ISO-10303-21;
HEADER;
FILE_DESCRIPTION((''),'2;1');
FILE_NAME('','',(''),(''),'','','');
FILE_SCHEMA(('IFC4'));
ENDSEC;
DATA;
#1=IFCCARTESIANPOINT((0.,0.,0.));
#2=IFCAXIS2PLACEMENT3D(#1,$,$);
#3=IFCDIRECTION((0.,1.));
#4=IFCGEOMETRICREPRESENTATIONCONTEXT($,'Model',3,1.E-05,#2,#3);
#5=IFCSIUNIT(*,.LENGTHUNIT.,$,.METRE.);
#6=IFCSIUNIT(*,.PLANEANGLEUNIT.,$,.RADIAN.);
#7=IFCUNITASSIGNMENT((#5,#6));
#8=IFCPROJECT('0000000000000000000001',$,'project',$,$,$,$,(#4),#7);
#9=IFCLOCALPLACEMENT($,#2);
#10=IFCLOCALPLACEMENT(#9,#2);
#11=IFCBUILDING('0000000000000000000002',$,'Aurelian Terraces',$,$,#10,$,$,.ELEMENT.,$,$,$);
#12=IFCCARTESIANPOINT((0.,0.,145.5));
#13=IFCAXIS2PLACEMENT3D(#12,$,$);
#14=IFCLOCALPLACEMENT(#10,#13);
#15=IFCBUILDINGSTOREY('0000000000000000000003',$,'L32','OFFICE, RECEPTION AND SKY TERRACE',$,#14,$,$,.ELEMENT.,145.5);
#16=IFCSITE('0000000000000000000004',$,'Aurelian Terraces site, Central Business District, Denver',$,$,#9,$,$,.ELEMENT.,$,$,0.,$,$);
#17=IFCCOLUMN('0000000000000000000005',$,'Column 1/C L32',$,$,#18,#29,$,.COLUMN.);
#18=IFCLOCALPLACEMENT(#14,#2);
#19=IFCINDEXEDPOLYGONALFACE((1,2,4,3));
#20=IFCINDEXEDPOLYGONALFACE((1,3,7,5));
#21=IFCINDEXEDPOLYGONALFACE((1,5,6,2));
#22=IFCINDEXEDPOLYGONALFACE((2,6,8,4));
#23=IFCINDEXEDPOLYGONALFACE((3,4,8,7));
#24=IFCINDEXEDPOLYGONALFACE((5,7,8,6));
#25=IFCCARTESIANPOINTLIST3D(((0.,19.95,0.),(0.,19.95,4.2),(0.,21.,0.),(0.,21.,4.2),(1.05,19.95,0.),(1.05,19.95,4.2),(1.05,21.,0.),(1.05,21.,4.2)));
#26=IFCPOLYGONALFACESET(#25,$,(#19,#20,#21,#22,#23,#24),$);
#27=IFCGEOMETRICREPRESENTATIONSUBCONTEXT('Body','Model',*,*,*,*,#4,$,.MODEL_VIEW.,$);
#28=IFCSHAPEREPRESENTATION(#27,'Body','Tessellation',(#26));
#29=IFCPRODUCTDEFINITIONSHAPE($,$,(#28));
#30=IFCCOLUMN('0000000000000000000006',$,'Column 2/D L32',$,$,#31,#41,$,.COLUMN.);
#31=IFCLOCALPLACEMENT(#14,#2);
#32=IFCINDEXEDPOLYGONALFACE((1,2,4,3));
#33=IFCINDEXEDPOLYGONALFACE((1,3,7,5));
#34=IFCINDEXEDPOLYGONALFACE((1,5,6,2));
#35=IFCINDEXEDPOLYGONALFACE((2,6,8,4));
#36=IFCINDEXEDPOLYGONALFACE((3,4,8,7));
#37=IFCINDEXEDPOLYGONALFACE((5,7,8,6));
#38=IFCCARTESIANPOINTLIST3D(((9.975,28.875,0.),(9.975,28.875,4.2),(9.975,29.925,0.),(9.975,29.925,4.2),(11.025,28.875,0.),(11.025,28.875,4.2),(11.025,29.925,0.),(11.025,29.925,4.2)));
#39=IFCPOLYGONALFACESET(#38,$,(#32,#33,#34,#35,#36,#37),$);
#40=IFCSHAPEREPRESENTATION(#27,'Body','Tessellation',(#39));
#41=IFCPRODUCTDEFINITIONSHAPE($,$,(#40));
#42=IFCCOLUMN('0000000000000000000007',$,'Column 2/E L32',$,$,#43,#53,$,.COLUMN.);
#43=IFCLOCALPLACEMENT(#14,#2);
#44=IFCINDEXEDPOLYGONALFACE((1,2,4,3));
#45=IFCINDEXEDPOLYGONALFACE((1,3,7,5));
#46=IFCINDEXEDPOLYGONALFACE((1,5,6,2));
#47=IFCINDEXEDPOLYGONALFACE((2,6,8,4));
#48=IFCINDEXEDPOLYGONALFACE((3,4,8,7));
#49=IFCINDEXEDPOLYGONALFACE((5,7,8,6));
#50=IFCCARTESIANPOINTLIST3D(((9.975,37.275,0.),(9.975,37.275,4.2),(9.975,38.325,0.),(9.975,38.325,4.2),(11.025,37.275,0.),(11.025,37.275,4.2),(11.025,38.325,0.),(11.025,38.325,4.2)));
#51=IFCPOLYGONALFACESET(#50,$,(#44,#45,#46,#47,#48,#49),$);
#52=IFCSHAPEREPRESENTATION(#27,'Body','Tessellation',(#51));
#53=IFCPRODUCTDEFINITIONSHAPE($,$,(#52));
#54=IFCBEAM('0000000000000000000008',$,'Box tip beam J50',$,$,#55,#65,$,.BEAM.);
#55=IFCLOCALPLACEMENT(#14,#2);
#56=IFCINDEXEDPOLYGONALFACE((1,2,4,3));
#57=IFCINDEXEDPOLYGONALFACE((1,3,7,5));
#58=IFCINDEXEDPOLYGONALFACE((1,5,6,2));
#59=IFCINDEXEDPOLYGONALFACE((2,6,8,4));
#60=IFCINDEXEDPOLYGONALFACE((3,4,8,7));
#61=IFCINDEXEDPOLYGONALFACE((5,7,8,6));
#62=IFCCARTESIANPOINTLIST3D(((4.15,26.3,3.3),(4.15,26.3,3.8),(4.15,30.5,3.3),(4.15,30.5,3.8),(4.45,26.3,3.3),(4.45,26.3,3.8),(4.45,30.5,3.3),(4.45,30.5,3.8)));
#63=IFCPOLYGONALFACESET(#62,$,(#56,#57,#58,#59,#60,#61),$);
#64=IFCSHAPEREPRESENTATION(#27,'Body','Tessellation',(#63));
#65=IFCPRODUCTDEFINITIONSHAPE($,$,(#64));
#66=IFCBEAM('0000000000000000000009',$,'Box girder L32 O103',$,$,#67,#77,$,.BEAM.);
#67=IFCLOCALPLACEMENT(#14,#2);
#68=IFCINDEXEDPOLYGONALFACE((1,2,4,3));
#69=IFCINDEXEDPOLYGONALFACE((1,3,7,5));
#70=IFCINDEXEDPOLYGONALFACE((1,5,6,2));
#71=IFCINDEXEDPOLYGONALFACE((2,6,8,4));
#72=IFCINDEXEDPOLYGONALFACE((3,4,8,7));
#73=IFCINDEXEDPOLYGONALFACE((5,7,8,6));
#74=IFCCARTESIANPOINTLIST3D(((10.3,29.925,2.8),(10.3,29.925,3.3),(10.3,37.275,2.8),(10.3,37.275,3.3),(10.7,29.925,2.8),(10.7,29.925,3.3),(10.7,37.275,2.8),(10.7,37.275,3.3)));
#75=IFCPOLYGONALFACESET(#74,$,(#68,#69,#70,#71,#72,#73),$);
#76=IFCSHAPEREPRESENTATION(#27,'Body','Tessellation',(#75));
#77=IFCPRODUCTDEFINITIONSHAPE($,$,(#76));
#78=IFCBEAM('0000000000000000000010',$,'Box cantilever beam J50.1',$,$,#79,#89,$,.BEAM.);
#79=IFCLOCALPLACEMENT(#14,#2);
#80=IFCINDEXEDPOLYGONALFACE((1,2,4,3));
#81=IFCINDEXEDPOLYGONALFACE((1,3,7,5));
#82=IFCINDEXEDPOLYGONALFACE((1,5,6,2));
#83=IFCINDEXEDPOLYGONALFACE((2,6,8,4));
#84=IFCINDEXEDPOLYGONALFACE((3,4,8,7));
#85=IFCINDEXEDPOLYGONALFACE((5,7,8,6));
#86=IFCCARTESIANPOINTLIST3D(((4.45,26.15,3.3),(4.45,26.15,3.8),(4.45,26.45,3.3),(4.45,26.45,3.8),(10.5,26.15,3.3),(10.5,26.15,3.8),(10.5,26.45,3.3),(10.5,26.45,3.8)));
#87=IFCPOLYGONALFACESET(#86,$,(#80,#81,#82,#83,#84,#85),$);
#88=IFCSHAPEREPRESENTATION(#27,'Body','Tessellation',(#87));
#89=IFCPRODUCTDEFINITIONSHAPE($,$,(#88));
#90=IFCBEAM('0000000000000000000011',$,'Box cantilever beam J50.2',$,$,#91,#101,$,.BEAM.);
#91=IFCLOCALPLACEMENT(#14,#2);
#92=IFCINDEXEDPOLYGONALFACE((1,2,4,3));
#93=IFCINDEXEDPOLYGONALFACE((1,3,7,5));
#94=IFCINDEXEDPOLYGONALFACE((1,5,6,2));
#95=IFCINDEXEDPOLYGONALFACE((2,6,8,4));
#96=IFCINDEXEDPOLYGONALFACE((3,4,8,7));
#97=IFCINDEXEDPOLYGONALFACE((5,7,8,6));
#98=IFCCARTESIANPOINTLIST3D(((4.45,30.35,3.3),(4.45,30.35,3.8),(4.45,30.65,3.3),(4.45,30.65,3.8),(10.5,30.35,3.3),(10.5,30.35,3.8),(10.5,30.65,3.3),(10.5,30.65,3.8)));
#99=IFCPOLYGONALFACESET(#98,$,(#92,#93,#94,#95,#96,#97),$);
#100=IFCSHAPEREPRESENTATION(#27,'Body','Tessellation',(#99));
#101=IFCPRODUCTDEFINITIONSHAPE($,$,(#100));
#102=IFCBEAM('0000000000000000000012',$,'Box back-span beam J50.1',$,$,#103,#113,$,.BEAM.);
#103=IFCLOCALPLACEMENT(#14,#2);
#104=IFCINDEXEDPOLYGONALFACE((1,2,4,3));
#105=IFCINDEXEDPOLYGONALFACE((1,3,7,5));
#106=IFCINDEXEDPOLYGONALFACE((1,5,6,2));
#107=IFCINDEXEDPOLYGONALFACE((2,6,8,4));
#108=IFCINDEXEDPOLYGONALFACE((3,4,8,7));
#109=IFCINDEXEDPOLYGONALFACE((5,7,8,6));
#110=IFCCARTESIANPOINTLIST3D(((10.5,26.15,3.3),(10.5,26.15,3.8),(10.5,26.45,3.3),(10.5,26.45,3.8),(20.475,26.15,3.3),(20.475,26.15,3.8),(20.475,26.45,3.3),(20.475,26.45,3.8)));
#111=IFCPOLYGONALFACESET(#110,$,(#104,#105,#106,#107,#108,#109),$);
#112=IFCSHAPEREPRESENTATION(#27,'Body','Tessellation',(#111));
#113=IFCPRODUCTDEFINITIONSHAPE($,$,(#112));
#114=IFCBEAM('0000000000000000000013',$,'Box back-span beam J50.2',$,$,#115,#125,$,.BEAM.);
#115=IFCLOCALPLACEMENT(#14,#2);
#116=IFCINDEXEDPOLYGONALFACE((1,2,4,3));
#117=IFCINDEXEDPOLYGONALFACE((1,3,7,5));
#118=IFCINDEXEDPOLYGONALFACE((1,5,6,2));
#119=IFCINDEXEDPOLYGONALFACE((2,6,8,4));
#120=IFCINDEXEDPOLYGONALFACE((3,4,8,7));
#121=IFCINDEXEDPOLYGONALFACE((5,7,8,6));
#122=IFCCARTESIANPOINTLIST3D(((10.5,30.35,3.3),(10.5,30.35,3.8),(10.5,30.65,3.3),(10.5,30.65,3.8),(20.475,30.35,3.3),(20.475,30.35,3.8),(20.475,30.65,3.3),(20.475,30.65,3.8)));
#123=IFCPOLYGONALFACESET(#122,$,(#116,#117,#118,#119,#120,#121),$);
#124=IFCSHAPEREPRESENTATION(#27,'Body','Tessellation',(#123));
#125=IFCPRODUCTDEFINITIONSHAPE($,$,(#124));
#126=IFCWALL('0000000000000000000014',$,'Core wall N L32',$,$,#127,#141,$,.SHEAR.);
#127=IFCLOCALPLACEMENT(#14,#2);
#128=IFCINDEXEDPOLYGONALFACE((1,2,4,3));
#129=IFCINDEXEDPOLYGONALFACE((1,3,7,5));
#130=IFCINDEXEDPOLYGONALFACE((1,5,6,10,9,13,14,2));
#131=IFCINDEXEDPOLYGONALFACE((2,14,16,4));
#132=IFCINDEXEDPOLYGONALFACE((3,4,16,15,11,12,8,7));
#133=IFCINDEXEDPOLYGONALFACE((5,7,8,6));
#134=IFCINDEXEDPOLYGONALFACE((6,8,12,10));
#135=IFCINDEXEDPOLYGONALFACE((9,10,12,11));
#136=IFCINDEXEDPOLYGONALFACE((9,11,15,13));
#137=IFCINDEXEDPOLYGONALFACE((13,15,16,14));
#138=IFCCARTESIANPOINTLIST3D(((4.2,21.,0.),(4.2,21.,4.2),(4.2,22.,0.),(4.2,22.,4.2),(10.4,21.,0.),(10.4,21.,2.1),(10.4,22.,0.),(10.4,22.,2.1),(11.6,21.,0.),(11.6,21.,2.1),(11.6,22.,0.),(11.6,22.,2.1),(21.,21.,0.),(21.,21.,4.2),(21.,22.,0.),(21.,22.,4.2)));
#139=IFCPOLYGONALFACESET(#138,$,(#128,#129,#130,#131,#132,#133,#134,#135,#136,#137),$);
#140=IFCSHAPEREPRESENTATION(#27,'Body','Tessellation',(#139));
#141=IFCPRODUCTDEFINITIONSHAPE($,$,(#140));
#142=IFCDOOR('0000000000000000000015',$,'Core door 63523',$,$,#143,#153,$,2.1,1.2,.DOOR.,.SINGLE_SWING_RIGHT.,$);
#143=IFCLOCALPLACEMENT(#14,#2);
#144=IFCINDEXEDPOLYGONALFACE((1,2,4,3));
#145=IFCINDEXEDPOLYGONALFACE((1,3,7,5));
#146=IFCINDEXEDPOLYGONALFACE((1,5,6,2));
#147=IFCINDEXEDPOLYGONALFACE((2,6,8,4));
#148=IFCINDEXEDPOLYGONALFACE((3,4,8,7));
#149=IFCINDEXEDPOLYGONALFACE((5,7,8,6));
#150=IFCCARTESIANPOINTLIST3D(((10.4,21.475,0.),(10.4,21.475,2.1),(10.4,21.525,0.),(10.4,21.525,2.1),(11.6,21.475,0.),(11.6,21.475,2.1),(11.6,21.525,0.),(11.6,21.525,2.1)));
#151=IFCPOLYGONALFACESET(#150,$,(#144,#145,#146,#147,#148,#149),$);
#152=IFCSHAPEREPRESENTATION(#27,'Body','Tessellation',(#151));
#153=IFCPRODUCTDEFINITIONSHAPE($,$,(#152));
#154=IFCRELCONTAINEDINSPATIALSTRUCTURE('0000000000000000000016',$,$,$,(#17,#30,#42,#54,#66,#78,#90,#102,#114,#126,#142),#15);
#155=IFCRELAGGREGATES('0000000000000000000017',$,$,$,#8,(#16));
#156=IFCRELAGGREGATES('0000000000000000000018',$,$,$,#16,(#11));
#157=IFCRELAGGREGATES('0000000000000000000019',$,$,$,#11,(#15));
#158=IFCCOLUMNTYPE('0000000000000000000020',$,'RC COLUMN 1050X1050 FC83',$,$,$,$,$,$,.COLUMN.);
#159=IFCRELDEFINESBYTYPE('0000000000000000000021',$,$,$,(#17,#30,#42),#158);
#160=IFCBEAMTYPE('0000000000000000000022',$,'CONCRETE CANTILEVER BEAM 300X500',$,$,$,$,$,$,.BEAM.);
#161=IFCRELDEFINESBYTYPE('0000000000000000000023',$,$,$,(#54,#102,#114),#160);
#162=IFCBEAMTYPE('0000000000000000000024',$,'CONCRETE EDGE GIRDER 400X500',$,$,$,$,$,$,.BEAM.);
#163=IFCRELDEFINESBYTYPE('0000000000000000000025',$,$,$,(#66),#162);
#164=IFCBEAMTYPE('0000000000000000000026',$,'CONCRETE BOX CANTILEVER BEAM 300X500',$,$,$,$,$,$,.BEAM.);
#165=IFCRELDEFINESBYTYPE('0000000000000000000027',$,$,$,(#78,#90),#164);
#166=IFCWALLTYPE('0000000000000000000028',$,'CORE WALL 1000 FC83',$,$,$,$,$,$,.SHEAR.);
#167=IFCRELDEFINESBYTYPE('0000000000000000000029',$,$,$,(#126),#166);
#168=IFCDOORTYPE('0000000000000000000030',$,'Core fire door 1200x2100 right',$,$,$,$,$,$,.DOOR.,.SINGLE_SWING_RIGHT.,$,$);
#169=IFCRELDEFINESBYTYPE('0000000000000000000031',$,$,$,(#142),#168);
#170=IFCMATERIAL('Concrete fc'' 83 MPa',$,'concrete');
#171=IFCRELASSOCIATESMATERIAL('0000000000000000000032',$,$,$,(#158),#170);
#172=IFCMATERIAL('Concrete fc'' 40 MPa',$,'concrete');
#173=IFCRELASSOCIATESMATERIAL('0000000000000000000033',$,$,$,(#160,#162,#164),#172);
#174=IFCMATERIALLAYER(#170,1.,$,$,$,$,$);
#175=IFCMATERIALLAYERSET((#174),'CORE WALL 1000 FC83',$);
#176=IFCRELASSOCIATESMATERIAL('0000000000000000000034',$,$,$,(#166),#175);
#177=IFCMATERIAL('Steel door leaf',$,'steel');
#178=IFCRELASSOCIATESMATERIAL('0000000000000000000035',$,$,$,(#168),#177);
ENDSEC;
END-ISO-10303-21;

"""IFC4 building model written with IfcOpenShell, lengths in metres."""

from ifc_helpers import new_model, si_unit, direction, frame, frame_2d, origin, origin_2d, place, context, subcontext, project, spatial, rectangle, extrude, source, transform, mapped, material, layer, layer_set, material_profile, profile_set, type_object, element, fill, save


model = new_model("IFC4")

# Units and contexts
model_context = context("Model", 3, precision=1e-05, world=origin(), true_north=direction((0.0, 1.0)))
body_context = subcontext(model_context, "Body", "Model", "MODEL_VIEW")
ifc_project = project(units=[si_unit("LENGTHUNIT", "METRE"), si_unit("PLANEANGLEUNIT", "RADIAN")], contexts=[model_context])

# Site, building, storey
site_placement = place(None, origin())
site = spatial("IfcSite", under=ifc_project, at=site_placement, Name="Aurelian Terraces site, Central Business District, Denver", CompositionType="ELEMENT", RefElevation=0.0)
building_placement = place(site_placement, origin())
building = spatial("IfcBuilding", under=site, at=building_placement, Name="Aurelian Terraces", CompositionType="ELEMENT")
storey_placement = place(building_placement, frame((0.0, 0.0, 145.5)))
storey = spatial("IfcBuildingStorey", under=building, at=storey_placement, Name="L32", Description="OFFICE, RECEPTION AND SKY TERRACE", CompositionType="ELEMENT", Elevation=145.5)

# Columns
ifc_material_1 = material(Name="Concrete fc' 83 MPa", Category="concrete")
ifc_material_profile_1 = material_profile(ifc_material_1, rectangle(XDim=1.05, YDim=1.05, at=origin_2d()))
ifc_profile_set_1 = profile_set([ifc_material_profile_1], Name="Concrete fc' 83 MPa")
column_type = type_object("IfcColumnType", Name="RC COLUMN 1050X1050 FC83", PredefinedType="COLUMN", material=ifc_profile_set_1)
shared_shape_1 = source(origin(), body_context, "Body", "SweptSolid", [
    extrude(rectangle(XDim=1.05, YDim=1.05, at=origin_2d()), origin(), (0.0, 0.0, 1.0), 4.2),
])
for number, where, z_axis, x_axis, name in (
    (1, (0.525, 20.475, 0.0), (0.0, 0.0, 1.0), (1.0, 0.0, 0.0), "Column 1/C L32"),
    (2, (10.5, 29.4, 0.0), (0.0, 0.0, 1.0), (1.0, 0.0, 0.0), "Column 2/D L32"),
    (3, (10.5, 37.8, 0.0), (0.0, 0.0, 1.0), (1.0, 0.0, 0.0), "Column 2/E L32"),
):
    element("IfcColumn", number, at=place(storey_placement, frame(where, z_axis=z_axis, x_axis=x_axis)), inside=storey, type_object=column_type, Name=name, PredefinedType="COLUMN", context=body_context, shape_type="MappedRepresentation", body=[
        mapped(shared_shape_1, transform((0.0, 0.0, 0.0), scale=1.0)),
    ])

# Beams
ifc_material_2 = material(Name="Concrete fc' 40 MPa", Category="concrete")
ifc_material_profile_2 = material_profile(ifc_material_2, rectangle(XDim=0.3, YDim=0.5, at=origin_2d()))
ifc_profile_set_2 = profile_set([ifc_material_profile_2], Name="Concrete fc' 40 MPa")
beam_type_1 = type_object("IfcBeamType", Name="CONCRETE CANTILEVER BEAM 300X500", PredefinedType="BEAM", material=ifc_profile_set_2)
shared_shape_2 = source(origin(), body_context, "Body", "SweptSolid", [
    extrude(rectangle(XDim=0.3, YDim=0.5, at=origin_2d()), origin(), (0.0, 0.0, 1.0), 4.2),
])
beam_1_placement = place(storey_placement, frame((4.3, 26.3, 3.55), z_axis=(0.0, 1.0, 0.0), x_axis=(-1.0, 0.0, 0.0)))
element("IfcBeam", 4, at=beam_1_placement, inside=storey, type_object=beam_type_1, Name="Box tip beam J50", PredefinedType="BEAM", context=body_context, shape_type="MappedRepresentation", body=[
    mapped(shared_shape_2, transform((0.0, 0.0, 0.0), scale=1.0)),
])
ifc_material_profile_3 = material_profile(ifc_material_2, rectangle(XDim=0.4, YDim=0.5, at=origin_2d()))
ifc_profile_set_3 = profile_set([ifc_material_profile_3], Name="Concrete fc' 40 MPa")
beam_type_2 = type_object("IfcBeamType", Name="CONCRETE EDGE GIRDER 400X500", PredefinedType="BEAM", material=ifc_profile_set_3)
shared_shape_3 = source(origin(), body_context, "Body", "SweptSolid", [
    extrude(rectangle(XDim=0.4, YDim=0.5, at=origin_2d()), origin(), (0.0, 0.0, 1.0), 7.35),
])
beam_2_placement = place(storey_placement, frame((10.5, 29.925, 3.05), z_axis=(0.0, 1.0, 0.0), x_axis=(-1.0, 0.0, 0.0)))
element("IfcBeam", 5, at=beam_2_placement, inside=storey, type_object=beam_type_2, Name="Box girder L32 O103", PredefinedType="BEAM", context=body_context, shape_type="MappedRepresentation", body=[
    mapped(shared_shape_3, transform((0.0, 0.0, 0.0), scale=1.0)),
])
ifc_material_profile_4 = material_profile(ifc_material_2, rectangle(XDim=0.3, YDim=0.5, at=origin_2d()))
ifc_profile_set_4 = profile_set([ifc_material_profile_4], Name="Concrete fc' 40 MPa")
beam_type_3 = type_object("IfcBeamType", Name="CONCRETE BOX CANTILEVER BEAM 300X500", PredefinedType="BEAM", material=ifc_profile_set_4)
shared_shape_4 = source(origin(), body_context, "Body", "SweptSolid", [
    extrude(rectangle(XDim=0.3, YDim=0.5, at=origin_2d()), origin(), (0.0, 0.0, 1.0), 6.05),
])
for number, where, z_axis, x_axis, name in (
    (6, (4.45, 26.3, 3.55), (1.0, 0.0, 0.0), (0.0, 1.0, 0.0), "Box cantilever beam J50.1"),
    (7, (4.45, 30.5, 3.55), (1.0, 0.0, 0.0), (0.0, 1.0, 0.0), "Box cantilever beam J50.2"),
):
    element("IfcBeam", number, at=place(storey_placement, frame(where, z_axis=z_axis, x_axis=x_axis)), inside=storey, type_object=beam_type_3, Name=name, PredefinedType="BEAM", context=body_context, shape_type="MappedRepresentation", body=[
        mapped(shared_shape_4, transform((0.0, 0.0, 0.0), scale=1.0)),
    ])
shared_shape_5 = source(origin(), body_context, "Body", "SweptSolid", [
    extrude(rectangle(XDim=0.3, YDim=0.5, at=origin_2d()), origin(), (0.0, 0.0, 1.0), 9.975),
])
for number, where, z_axis, x_axis, name in (
    (8, (10.5, 26.3, 3.55), (1.0, 0.0, 0.0), (0.0, 1.0, 0.0), "Box back-span beam J50.1"),
    (9, (10.5, 30.5, 3.55), (1.0, 0.0, 0.0), (0.0, 1.0, 0.0), "Box back-span beam J50.2"),
):
    element("IfcBeam", number, at=place(storey_placement, frame(where, z_axis=z_axis, x_axis=x_axis)), inside=storey, type_object=beam_type_1, Name=name, PredefinedType="BEAM", context=body_context, shape_type="MappedRepresentation", body=[
        mapped(shared_shape_5, transform((0.0, 0.0, 0.0), scale=1.0)),
    ])

# Wall, opening, door
ifc_layer_1 = layer(ifc_material_1, 1.0)
ifc_layer_set_1 = layer_set([ifc_layer_1], Name="CORE WALL 1000 FC83")
wall_type_1 = type_object("IfcWallType", Name="CORE WALL 1000 FC83", PredefinedType="SHEAR", material=ifc_layer_set_1)
shared_shape_6 = source(origin(), body_context, "Body", "SweptSolid", [
    extrude(rectangle(XDim=16.8, YDim=1.0, at=frame_2d((8.4, 0.0))), origin(), (0.0, 0.0, 1.0), 4.2),
])
wall_1_placement = place(storey_placement, frame((4.2, 21.5, 0.0), z_axis=(0.0, 0.0, 1.0), x_axis=(1.0, 0.0, 0.0)))
wall_1 = element("IfcWall", 10, at=wall_1_placement, inside=storey, type_object=wall_type_1, Name="Core wall N L32", PredefinedType="SHEAR", context=body_context, shape_type="MappedRepresentation", body=[
    mapped(shared_shape_6, transform((0.0, 0.0, 0.0), scale=1.0)),
])
shared_shape_7 = source(origin(), body_context, "Body", "SweptSolid", [
    extrude(rectangle(XDim=1.2, YDim=2.1, at=frame_2d((0.6, 1.05))), frame((0.0, 0.51, 0.0), z_axis=(0.0, -1.0, 0.0), x_axis=(1.0, 0.0, 0.0)), (0.0, 0.0, 1.0), 1.02),
])
opening_1_placement = place(wall_1_placement, frame((6.2, 0.0, 0.0)))
opening_1 = element("IfcOpeningElement", 11, at=opening_1_placement, cuts=wall_1, PredefinedType="OPENING", context=body_context, shape_type="MappedRepresentation", body=[
    mapped(shared_shape_7, transform((0.0, 0.0, 0.0), scale=1.0)),
])
ifc_material_3 = material(Name="Steel door leaf", Category="steel")
door_type_1 = type_object("IfcDoorType", Name="Core fire door 1200x2100 right", OperationType="SINGLE_SWING_RIGHT", PredefinedType="DOOR", material=ifc_material_3)
shared_shape_8 = source(origin(), body_context, "Body", "SweptSolid", [
    extrude(rectangle(XDim=1.2, YDim=2.1, at=frame_2d((0.6, 1.05))), frame((0.0, 0.025, 0.0), z_axis=(0.0, -1.0, 0.0), x_axis=(1.0, 0.0, 0.0)), (0.0, 0.0, 1.0), 0.05),
])
door_1_placement = place(opening_1_placement, origin())
door_1 = element("IfcDoor", 12, at=door_1_placement, inside=storey, type_object=door_type_1, Name="Core door 63523", OperationType="SINGLE_SWING_RIGHT", OverallHeight=2.1, OverallWidth=1.2, PredefinedType="DOOR", context=body_context, shape_type="MappedRepresentation", body=[
    mapped(shared_shape_8, transform((0.0, 0.0, 0.0), scale=1.0)),
])
fill(opening_1, door_1)

save(model, "model.ifc")
